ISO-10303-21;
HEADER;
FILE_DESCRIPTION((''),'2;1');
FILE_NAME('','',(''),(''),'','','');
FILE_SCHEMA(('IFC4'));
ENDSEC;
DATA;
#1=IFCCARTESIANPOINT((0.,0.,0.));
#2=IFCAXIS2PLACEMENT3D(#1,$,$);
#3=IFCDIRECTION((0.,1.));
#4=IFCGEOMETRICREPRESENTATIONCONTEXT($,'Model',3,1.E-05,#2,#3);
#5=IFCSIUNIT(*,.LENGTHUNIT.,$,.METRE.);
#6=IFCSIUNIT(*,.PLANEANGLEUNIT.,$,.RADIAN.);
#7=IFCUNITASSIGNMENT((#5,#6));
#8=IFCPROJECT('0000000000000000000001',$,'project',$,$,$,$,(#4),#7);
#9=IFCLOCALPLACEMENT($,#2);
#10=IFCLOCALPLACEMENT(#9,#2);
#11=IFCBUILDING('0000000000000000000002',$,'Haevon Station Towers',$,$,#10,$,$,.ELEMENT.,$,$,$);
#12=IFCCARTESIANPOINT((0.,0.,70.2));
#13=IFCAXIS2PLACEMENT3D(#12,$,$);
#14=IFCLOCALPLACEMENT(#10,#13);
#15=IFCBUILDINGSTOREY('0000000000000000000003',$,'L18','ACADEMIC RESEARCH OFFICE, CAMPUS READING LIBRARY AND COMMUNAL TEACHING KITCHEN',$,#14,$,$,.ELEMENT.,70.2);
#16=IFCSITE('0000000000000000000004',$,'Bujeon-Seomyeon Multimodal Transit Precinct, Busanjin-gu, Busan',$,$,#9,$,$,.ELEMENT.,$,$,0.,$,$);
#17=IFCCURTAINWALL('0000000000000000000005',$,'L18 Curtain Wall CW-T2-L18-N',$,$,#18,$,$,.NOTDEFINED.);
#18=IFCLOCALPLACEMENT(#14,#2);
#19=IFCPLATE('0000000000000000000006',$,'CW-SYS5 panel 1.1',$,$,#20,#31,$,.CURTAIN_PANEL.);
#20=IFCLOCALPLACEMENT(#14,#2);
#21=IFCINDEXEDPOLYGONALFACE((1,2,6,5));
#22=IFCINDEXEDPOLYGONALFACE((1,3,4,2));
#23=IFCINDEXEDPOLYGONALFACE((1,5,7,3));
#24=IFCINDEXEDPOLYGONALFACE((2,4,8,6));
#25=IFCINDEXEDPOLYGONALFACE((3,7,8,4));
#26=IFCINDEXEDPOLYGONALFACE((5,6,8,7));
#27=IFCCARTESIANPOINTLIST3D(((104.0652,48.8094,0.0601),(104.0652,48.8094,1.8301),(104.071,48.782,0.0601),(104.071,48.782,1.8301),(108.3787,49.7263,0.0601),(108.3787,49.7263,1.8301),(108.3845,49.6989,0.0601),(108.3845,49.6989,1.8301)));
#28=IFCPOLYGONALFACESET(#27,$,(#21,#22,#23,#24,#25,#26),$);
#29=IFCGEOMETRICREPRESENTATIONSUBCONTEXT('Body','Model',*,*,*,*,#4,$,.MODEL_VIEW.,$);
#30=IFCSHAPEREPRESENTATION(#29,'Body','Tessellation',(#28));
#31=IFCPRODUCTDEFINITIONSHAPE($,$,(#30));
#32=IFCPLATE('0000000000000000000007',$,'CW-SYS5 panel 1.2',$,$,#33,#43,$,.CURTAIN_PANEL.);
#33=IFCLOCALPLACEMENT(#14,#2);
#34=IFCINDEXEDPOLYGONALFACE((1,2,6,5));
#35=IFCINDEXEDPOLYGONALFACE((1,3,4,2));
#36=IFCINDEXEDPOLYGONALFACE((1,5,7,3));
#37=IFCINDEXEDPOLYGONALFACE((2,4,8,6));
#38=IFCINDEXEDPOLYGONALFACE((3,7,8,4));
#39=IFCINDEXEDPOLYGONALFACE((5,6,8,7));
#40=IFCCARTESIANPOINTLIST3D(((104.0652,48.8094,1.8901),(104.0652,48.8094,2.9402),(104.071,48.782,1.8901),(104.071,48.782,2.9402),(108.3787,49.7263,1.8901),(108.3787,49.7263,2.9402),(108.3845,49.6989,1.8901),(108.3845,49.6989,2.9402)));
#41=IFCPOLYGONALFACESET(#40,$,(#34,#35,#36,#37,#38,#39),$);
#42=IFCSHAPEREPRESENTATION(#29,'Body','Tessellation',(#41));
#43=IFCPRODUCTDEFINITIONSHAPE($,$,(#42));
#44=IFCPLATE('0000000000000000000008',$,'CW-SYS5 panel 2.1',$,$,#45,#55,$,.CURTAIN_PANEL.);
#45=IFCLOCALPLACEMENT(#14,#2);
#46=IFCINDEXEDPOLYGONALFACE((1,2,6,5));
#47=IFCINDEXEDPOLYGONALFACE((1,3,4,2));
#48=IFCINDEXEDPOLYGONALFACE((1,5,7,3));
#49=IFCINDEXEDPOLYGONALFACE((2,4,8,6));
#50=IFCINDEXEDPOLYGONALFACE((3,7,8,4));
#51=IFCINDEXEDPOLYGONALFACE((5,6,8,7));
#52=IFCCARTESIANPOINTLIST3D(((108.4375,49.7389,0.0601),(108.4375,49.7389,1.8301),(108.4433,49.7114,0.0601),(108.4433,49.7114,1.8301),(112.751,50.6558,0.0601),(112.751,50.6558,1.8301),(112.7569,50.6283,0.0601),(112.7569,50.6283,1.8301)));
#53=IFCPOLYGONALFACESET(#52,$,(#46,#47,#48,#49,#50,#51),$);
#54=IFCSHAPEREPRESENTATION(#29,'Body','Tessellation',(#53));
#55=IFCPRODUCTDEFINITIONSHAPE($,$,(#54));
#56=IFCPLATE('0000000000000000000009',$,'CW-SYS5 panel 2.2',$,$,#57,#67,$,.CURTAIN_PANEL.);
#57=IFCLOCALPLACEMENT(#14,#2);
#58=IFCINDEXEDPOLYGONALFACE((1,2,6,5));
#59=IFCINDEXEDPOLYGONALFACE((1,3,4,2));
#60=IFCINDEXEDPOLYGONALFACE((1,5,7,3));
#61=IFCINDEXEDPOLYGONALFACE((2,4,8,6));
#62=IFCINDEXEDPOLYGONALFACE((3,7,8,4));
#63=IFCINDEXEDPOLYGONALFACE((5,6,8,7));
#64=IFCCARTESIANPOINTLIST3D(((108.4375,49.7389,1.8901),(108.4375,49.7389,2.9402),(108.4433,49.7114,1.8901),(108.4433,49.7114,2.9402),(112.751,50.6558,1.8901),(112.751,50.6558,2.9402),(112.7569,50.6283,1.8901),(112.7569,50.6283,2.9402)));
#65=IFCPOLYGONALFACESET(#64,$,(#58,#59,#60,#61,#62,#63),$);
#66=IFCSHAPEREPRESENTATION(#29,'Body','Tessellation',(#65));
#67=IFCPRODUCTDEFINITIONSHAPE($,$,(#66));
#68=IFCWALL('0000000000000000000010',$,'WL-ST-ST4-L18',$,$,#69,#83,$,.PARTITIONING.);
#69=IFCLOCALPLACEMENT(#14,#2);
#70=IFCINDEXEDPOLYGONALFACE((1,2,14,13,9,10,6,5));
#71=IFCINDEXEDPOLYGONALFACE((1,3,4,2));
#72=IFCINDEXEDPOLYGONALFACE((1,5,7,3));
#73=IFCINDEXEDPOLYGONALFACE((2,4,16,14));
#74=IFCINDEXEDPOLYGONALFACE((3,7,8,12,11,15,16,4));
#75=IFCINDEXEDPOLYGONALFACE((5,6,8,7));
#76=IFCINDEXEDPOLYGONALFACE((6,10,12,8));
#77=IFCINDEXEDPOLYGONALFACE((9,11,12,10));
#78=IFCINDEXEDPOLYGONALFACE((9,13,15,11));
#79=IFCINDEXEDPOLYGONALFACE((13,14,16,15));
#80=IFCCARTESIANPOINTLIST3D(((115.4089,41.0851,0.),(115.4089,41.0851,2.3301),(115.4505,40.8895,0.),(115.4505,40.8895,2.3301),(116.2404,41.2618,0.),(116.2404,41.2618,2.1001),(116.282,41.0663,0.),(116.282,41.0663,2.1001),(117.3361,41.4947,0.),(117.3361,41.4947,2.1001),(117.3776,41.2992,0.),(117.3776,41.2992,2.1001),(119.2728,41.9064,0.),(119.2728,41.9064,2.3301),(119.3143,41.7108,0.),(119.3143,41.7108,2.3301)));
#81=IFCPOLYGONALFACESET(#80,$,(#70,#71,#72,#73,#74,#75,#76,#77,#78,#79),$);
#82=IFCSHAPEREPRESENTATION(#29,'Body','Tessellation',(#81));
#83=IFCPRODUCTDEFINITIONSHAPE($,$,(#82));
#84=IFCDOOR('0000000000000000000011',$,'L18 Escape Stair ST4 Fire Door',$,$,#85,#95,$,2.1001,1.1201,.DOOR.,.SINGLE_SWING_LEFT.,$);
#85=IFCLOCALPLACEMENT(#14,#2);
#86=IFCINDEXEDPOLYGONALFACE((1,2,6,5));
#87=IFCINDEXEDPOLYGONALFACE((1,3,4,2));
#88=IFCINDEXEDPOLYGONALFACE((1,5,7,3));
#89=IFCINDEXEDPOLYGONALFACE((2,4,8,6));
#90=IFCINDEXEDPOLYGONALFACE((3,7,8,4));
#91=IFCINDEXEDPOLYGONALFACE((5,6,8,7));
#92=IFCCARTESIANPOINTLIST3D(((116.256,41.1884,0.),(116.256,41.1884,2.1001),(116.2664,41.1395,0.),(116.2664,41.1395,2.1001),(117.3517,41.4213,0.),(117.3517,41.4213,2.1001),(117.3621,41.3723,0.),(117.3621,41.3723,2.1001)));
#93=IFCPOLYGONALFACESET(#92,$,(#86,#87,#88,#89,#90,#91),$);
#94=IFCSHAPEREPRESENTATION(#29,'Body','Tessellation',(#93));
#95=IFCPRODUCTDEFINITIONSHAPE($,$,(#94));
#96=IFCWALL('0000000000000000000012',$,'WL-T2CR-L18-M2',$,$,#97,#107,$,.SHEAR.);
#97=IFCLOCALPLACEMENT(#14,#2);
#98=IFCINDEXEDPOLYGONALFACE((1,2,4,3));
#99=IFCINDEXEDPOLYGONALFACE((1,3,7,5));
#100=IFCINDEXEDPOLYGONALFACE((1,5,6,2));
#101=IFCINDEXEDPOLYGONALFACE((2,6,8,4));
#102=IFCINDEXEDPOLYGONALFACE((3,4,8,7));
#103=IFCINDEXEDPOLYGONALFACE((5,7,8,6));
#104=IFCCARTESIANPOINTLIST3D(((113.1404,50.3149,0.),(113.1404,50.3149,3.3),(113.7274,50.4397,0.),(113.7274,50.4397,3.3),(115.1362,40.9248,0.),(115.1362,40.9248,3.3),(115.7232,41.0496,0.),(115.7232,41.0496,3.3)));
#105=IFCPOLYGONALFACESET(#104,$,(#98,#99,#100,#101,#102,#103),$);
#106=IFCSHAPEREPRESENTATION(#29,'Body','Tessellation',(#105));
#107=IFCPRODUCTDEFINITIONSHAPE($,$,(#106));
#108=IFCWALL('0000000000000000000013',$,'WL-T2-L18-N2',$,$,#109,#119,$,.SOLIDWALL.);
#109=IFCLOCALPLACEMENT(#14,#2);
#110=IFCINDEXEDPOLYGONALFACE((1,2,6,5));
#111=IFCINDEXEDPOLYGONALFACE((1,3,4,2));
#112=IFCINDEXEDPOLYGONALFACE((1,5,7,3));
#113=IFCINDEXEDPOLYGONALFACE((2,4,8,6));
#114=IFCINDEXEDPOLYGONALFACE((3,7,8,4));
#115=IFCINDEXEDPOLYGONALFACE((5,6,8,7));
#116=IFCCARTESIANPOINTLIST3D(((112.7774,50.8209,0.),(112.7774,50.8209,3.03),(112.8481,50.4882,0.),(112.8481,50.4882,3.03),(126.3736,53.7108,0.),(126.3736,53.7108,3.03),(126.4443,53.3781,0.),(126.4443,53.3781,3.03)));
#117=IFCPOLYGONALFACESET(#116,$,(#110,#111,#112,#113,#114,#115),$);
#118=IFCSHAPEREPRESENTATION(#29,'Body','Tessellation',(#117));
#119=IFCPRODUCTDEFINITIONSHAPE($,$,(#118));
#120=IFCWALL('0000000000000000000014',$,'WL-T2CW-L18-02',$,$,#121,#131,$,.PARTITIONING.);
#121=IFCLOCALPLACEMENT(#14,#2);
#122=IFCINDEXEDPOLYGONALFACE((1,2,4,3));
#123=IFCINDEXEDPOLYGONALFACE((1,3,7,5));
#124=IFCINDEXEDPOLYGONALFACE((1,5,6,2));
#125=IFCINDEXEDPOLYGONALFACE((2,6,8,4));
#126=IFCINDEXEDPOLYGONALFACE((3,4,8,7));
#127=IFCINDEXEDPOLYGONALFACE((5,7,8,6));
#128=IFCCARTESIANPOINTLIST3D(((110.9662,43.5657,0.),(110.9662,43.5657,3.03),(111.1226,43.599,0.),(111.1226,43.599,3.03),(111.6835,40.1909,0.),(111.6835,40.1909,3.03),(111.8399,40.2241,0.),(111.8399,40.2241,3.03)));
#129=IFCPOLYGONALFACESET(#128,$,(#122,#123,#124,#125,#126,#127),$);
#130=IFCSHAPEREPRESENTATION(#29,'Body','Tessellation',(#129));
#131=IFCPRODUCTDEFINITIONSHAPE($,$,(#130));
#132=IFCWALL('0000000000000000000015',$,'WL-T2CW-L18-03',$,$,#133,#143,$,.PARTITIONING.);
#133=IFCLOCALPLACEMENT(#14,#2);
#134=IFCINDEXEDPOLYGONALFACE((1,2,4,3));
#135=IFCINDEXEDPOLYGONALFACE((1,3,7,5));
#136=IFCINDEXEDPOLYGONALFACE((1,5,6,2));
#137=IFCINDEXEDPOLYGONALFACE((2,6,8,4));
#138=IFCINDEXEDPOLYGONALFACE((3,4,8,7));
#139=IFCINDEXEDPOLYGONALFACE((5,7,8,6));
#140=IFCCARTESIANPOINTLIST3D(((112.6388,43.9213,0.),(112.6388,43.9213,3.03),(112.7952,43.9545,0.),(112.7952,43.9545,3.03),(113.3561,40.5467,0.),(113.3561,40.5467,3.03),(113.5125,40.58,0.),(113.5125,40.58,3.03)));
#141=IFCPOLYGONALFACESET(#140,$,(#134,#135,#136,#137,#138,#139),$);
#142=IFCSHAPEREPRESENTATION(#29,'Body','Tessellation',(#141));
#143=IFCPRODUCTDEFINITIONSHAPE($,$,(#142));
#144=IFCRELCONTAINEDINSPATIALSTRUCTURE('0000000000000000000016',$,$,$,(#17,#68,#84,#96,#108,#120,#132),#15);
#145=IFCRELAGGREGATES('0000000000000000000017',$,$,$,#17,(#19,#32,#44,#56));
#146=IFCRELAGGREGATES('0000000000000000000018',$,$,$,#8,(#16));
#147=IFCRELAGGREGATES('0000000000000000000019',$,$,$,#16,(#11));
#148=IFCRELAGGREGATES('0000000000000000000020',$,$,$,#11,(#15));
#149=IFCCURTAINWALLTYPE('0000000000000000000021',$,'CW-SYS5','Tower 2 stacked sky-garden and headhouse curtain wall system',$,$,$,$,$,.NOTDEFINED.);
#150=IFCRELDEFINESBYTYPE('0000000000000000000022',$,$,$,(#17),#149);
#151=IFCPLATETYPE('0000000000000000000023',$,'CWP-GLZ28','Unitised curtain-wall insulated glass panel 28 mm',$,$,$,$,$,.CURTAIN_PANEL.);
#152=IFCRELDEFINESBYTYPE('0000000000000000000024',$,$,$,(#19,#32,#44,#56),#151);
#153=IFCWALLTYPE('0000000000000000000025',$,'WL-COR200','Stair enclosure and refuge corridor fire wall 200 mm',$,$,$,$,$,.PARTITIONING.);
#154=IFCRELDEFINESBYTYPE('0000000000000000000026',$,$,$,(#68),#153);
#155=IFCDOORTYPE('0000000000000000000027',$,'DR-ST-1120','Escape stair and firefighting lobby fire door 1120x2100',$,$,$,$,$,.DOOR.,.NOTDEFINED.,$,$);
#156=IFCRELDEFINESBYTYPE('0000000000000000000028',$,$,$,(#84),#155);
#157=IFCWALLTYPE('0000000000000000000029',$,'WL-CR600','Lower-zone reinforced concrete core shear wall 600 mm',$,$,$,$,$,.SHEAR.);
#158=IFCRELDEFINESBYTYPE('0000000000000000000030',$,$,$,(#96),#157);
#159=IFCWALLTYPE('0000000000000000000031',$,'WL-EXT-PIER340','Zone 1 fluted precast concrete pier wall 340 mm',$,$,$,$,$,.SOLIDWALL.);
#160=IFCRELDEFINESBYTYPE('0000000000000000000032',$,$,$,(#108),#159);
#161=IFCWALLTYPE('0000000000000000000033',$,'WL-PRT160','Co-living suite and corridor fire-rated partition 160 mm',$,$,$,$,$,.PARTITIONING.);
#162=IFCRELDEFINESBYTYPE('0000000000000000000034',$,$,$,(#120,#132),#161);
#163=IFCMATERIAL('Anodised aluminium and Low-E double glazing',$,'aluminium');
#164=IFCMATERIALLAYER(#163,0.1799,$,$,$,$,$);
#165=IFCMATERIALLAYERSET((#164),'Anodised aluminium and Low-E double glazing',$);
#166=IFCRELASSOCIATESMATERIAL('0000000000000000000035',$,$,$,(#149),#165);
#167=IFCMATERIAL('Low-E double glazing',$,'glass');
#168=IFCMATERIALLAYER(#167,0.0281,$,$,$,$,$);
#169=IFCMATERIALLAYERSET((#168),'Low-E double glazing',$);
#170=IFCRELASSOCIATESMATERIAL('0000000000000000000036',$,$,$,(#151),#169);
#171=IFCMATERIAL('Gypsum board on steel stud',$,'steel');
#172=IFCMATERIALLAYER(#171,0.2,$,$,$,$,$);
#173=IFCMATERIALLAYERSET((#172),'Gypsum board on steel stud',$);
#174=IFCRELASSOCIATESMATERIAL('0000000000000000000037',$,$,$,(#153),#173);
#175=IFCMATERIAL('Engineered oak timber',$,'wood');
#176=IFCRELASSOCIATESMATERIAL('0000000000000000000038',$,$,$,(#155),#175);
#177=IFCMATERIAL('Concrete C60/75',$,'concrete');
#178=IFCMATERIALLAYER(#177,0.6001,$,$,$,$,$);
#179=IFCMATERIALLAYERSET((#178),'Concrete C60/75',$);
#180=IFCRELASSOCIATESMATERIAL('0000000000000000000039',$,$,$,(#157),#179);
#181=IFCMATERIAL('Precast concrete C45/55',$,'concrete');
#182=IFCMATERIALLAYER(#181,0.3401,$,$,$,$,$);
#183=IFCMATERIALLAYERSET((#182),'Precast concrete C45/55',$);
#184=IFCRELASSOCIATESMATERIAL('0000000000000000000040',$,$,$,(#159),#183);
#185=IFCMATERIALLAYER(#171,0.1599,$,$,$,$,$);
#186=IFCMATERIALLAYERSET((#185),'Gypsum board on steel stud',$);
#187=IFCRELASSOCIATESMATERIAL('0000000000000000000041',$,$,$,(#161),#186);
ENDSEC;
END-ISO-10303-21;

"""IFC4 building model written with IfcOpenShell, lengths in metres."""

from ifc_helpers import new_model, si_unit, direction, frame, frame_2d, origin, origin_2d, place, context, subcontext, project, spatial, rectangle, extrude, material, layer, layer_set, type_object, element, fill, aggregate, save


model = new_model("IFC4")

# Units and contexts
model_context = context("Model", 3, precision=1e-05, world=origin(), true_north=direction((0.0, 1.0)))
body_context = subcontext(model_context, "Body", "Model", "MODEL_VIEW")
ifc_project = project(units=[si_unit("LENGTHUNIT", "METRE"), si_unit("PLANEANGLEUNIT", "RADIAN")], contexts=[model_context])

# Site, building, storey
site_placement = place(None, origin())
site = spatial("IfcSite", under=ifc_project, at=site_placement, Name="Bujeon-Seomyeon Multimodal Transit Precinct, Busanjin-gu, Busan", CompositionType="ELEMENT", RefElevation=0.0)
building_placement = place(site_placement, origin())
building = spatial("IfcBuilding", under=site, at=building_placement, Name="Haevon Station Towers", CompositionType="ELEMENT")
storey_placement = place(building_placement, frame((0.0, 0.0, 70.2)))
storey = spatial("IfcBuildingStorey", under=building, at=storey_placement, Name="L18", Description="ACADEMIC RESEARCH OFFICE, CAMPUS READING LIBRARY AND COMMUNAL TEACHING KITCHEN", CompositionType="ELEMENT", Elevation=70.2)

# Curtain wall, plates
ifc_material_1 = material(Name="Anodised aluminium and Low-E double glazing", Category="aluminium")
ifc_layer_1 = layer(ifc_material_1, 0.1799)
ifc_layer_set_1 = layer_set([ifc_layer_1], Name="Anodised aluminium and Low-E double glazing")
curtain_wall_type = type_object("IfcCurtainWallType", Name="CW-SYS5", Description="Tower 2 stacked sky-garden and headhouse curtain wall system", PredefinedType="NOTDEFINED", material=ifc_layer_set_1)
curtain_wall_placement = place(storey_placement, origin())
curtain_wall = element("IfcCurtainWall", 1, at=curtain_wall_placement, inside=storey, type_object=curtain_wall_type, Name="L18 Curtain Wall CW-T2-L18-N", PredefinedType="NOTDEFINED")
ifc_material_2 = material(Name="Low-E double glazing", Category="glass")
ifc_layer_2 = layer(ifc_material_2, 0.0281)
ifc_layer_set_2 = layer_set([ifc_layer_2], Name="Low-E double glazing")
plate_type = type_object("IfcPlateType", Name="CWP-GLZ28", Description="Unitised curtain-wall insulated glass panel 28 mm", PredefinedType="CURTAIN_PANEL", material=ifc_layer_set_2)
plate_1_placement = place(storey_placement, frame((106.2249, 49.2542, 0.0601), z_axis=(0.0, 0.0, 1.0), x_axis=(0.978148, 0.207912, 0.0)))
plate_1 = element("IfcPlate", 2, at=plate_1_placement, type_object=plate_type, Name="CW-SYS5 panel 1.1", PredefinedType="CURTAIN_PANEL", context=body_context, shape_type="SweptSolid", body=[
    extrude(rectangle(XDim=4.4099, YDim=0.0281, at=origin_2d()), origin(), (0.0, 0.0, 1.0), 1.77),
])
plate_2_placement = place(storey_placement, frame((106.2249, 49.2542, 1.8901), z_axis=(0.0, 0.0, 1.0), x_axis=(0.978148, 0.207912, 0.0)))
plate_2 = element("IfcPlate", 3, at=plate_2_placement, type_object=plate_type, Name="CW-SYS5 panel 1.2", PredefinedType="CURTAIN_PANEL", context=body_context, shape_type="SweptSolid", body=[
    extrude(rectangle(XDim=4.4099, YDim=0.0281, at=origin_2d()), origin(), (0.0, 0.0, 1.0), 1.05),
])
plate_3_placement = place(storey_placement, frame((110.5972, 50.1836, 0.0601), z_axis=(0.0, 0.0, 1.0), x_axis=(0.978148, 0.207912, 0.0)))
plate_3 = element("IfcPlate", 4, at=plate_3_placement, type_object=plate_type, Name="CW-SYS5 panel 2.1", PredefinedType="CURTAIN_PANEL", context=body_context, shape_type="SweptSolid", body=[
    extrude(rectangle(XDim=4.4099, YDim=0.0281, at=origin_2d()), origin(), (0.0, 0.0, 1.0), 1.77),
])
plate_4_placement = place(storey_placement, frame((110.5972, 50.1836, 1.8901), z_axis=(0.0, 0.0, 1.0), x_axis=(0.978148, 0.207912, 0.0)))
plate_4 = element("IfcPlate", 5, at=plate_4_placement, type_object=plate_type, Name="CW-SYS5 panel 2.2", PredefinedType="CURTAIN_PANEL", context=body_context, shape_type="SweptSolid", body=[
    extrude(rectangle(XDim=4.4099, YDim=0.0281, at=origin_2d()), origin(), (0.0, 0.0, 1.0), 1.05),
])
aggregate(curtain_wall, [plate_1, plate_2, plate_3, plate_4])

# Wall, opening, door
ifc_material_3 = material(Name="Gypsum board on steel stud", Category="steel")
ifc_layer_3 = layer(ifc_material_3, 0.2)
ifc_layer_set_3 = layer_set([ifc_layer_3], Name="Gypsum board on steel stud")
wall_type_1 = type_object("IfcWallType", Name="WL-COR200", Description="Stair enclosure and refuge corridor fire wall 200 mm", PredefinedType="PARTITIONING", material=ifc_layer_set_3)
wall_1_placement = place(storey_placement, frame((115.4297, 40.9873, 0.0), z_axis=(0.0, 0.0, 1.0), x_axis=(0.978147, 0.207916, 0.0)))
wall_1 = element("IfcWall", 6, at=wall_1_placement, inside=storey, type_object=wall_type_1, Name="WL-ST-ST4-L18", PredefinedType="PARTITIONING", context=body_context, shape_type="SweptSolid", body=[
    extrude(rectangle(XDim=3.9502, YDim=0.2, at=frame_2d((1.9751, 0.0))), origin(), (0.0, 0.0, 1.0), 2.3301),
])
opening_1_placement = place(wall_1_placement, frame((0.8501, 0.0, 0.0)))
opening_1 = element("IfcOpeningElement", 7, at=opening_1_placement, cuts=wall_1, PredefinedType="OPENING", context=body_context, shape_type="SweptSolid", body=[
    extrude(rectangle(XDim=1.1201, YDim=2.1001, at=frame_2d((0.5601, 1.05))), frame((0.0, 0.1099, 0.0), z_axis=(0.0, -1.0, 0.0), x_axis=(1.0, 0.0, 0.0)), (0.0, 0.0, 1.0), 0.22),
])
ifc_material_4 = material(Name="Engineered oak timber", Category="wood")
door_type_1 = type_object("IfcDoorType", Name="DR-ST-1120", Description="Escape stair and firefighting lobby fire door 1120x2100", OperationType="NOTDEFINED", PredefinedType="DOOR", material=ifc_material_4)
door_1_placement = place(opening_1_placement, origin())
door_1 = element("IfcDoor", 8, at=door_1_placement, inside=storey, type_object=door_type_1, Name="L18 Escape Stair ST4 Fire Door", OperationType="SINGLE_SWING_LEFT", OverallHeight=2.1001, OverallWidth=1.1201, PredefinedType="DOOR", context=body_context, shape_type="SweptSolid", body=[
    extrude(rectangle(XDim=1.1201, YDim=2.1001, at=frame_2d((0.5601, 1.05))), frame((0.0, 0.0249, 0.0), z_axis=(0.0, -1.0, 0.0), x_axis=(1.0, 0.0, 0.0)), (0.0, 0.0, 1.0), 0.05),
])
fill(opening_1, door_1)

# Walls
ifc_material_5 = material(Name="Concrete C60/75", Category="concrete")
ifc_layer_4 = layer(ifc_material_5, 0.6001)
ifc_layer_set_4 = layer_set([ifc_layer_4], Name="Concrete C60/75")
wall_type_2 = type_object("IfcWallType", Name="WL-CR600", Description="Lower-zone reinforced concrete core shear wall 600 mm", PredefinedType="SHEAR", material=ifc_layer_set_4)
wall_2_placement = place(storey_placement, frame((115.4297, 40.9873, 0.0), z_axis=(0.0, 0.0, 1.0), x_axis=(-0.207903, 0.978149, 0.0)))
element("IfcWall", 9, at=wall_2_placement, inside=storey, type_object=wall_type_2, Name="WL-T2CR-L18-M2", PredefinedType="SHEAR", context=body_context, shape_type="SweptSolid", body=[
    extrude(rectangle(XDim=9.5999, YDim=0.6001, at=frame_2d((4.7998, 0.0))), origin(), (0.0, 0.0, 1.0), 3.3),
])
ifc_material_6 = material(Name="Precast concrete C45/55", Category="concrete")
ifc_layer_5 = layer(ifc_material_6, 0.3401)
ifc_layer_set_5 = layer_set([ifc_layer_5], Name="Precast concrete C45/55")
wall_type_3 = type_object("IfcWallType", Name="WL-EXT-PIER340", Description="Zone 1 fluted precast concrete pier wall 340 mm", PredefinedType="SOLIDWALL", material=ifc_layer_set_5)
wall_3_placement = place(storey_placement, frame((112.8127, 50.6545, 0.0), z_axis=(0.0, 0.0, 1.0), x_axis=(0.978149, 0.207907, 0.0)))
element("IfcWall", 10, at=wall_3_placement, inside=storey, type_object=wall_type_3, Name="WL-T2-L18-N2", PredefinedType="SOLIDWALL", context=body_context, shape_type="SweptSolid", body=[
    extrude(rectangle(XDim=13.8999, YDim=0.3401, at=frame_2d((6.95, 0.0))), origin(), (0.0, 0.0, 1.0), 3.03),
])
ifc_layer_6 = layer(ifc_material_3, 0.1599)
ifc_layer_set_6 = layer_set([ifc_layer_6], Name="Gypsum board on steel stud")
wall_type_4 = type_object("IfcWallType", Name="WL-PRT160", Description="Co-living suite and corridor fire-rated partition 160 mm", PredefinedType="PARTITIONING", material=ifc_layer_set_6)
wall_4_placement = place(storey_placement, frame((111.7617, 40.2075, 0.0), z_axis=(0.0, 0.0, 1.0), x_axis=(-0.2079, 0.97815, 0.0)))
element("IfcWall", 11, at=wall_4_placement, inside=storey, type_object=wall_type_4, Name="WL-T2CW-L18-02", PredefinedType="PARTITIONING", context=body_context, shape_type="SweptSolid", body=[
    extrude(rectangle(XDim=3.4502, YDim=0.1599, at=frame_2d((1.7251, 0.0))), origin(), (0.0, 0.0, 1.0), 3.03),
])
wall_5_placement = place(storey_placement, frame((113.4343, 40.5632, 0.0), z_axis=(0.0, 0.0, 1.0), x_axis=(-0.207915, 0.978147, 0.0)))
element("IfcWall", 12, at=wall_5_placement, inside=storey, type_object=wall_type_4, Name="WL-T2CW-L18-03", PredefinedType="PARTITIONING", context=body_context, shape_type="SweptSolid", body=[
    extrude(rectangle(XDim=3.45, YDim=0.1599, at=frame_2d((1.7251, 0.0))), origin(), (0.0, 0.0, 1.0), 3.03),
])

save(model, "model.ifc")
